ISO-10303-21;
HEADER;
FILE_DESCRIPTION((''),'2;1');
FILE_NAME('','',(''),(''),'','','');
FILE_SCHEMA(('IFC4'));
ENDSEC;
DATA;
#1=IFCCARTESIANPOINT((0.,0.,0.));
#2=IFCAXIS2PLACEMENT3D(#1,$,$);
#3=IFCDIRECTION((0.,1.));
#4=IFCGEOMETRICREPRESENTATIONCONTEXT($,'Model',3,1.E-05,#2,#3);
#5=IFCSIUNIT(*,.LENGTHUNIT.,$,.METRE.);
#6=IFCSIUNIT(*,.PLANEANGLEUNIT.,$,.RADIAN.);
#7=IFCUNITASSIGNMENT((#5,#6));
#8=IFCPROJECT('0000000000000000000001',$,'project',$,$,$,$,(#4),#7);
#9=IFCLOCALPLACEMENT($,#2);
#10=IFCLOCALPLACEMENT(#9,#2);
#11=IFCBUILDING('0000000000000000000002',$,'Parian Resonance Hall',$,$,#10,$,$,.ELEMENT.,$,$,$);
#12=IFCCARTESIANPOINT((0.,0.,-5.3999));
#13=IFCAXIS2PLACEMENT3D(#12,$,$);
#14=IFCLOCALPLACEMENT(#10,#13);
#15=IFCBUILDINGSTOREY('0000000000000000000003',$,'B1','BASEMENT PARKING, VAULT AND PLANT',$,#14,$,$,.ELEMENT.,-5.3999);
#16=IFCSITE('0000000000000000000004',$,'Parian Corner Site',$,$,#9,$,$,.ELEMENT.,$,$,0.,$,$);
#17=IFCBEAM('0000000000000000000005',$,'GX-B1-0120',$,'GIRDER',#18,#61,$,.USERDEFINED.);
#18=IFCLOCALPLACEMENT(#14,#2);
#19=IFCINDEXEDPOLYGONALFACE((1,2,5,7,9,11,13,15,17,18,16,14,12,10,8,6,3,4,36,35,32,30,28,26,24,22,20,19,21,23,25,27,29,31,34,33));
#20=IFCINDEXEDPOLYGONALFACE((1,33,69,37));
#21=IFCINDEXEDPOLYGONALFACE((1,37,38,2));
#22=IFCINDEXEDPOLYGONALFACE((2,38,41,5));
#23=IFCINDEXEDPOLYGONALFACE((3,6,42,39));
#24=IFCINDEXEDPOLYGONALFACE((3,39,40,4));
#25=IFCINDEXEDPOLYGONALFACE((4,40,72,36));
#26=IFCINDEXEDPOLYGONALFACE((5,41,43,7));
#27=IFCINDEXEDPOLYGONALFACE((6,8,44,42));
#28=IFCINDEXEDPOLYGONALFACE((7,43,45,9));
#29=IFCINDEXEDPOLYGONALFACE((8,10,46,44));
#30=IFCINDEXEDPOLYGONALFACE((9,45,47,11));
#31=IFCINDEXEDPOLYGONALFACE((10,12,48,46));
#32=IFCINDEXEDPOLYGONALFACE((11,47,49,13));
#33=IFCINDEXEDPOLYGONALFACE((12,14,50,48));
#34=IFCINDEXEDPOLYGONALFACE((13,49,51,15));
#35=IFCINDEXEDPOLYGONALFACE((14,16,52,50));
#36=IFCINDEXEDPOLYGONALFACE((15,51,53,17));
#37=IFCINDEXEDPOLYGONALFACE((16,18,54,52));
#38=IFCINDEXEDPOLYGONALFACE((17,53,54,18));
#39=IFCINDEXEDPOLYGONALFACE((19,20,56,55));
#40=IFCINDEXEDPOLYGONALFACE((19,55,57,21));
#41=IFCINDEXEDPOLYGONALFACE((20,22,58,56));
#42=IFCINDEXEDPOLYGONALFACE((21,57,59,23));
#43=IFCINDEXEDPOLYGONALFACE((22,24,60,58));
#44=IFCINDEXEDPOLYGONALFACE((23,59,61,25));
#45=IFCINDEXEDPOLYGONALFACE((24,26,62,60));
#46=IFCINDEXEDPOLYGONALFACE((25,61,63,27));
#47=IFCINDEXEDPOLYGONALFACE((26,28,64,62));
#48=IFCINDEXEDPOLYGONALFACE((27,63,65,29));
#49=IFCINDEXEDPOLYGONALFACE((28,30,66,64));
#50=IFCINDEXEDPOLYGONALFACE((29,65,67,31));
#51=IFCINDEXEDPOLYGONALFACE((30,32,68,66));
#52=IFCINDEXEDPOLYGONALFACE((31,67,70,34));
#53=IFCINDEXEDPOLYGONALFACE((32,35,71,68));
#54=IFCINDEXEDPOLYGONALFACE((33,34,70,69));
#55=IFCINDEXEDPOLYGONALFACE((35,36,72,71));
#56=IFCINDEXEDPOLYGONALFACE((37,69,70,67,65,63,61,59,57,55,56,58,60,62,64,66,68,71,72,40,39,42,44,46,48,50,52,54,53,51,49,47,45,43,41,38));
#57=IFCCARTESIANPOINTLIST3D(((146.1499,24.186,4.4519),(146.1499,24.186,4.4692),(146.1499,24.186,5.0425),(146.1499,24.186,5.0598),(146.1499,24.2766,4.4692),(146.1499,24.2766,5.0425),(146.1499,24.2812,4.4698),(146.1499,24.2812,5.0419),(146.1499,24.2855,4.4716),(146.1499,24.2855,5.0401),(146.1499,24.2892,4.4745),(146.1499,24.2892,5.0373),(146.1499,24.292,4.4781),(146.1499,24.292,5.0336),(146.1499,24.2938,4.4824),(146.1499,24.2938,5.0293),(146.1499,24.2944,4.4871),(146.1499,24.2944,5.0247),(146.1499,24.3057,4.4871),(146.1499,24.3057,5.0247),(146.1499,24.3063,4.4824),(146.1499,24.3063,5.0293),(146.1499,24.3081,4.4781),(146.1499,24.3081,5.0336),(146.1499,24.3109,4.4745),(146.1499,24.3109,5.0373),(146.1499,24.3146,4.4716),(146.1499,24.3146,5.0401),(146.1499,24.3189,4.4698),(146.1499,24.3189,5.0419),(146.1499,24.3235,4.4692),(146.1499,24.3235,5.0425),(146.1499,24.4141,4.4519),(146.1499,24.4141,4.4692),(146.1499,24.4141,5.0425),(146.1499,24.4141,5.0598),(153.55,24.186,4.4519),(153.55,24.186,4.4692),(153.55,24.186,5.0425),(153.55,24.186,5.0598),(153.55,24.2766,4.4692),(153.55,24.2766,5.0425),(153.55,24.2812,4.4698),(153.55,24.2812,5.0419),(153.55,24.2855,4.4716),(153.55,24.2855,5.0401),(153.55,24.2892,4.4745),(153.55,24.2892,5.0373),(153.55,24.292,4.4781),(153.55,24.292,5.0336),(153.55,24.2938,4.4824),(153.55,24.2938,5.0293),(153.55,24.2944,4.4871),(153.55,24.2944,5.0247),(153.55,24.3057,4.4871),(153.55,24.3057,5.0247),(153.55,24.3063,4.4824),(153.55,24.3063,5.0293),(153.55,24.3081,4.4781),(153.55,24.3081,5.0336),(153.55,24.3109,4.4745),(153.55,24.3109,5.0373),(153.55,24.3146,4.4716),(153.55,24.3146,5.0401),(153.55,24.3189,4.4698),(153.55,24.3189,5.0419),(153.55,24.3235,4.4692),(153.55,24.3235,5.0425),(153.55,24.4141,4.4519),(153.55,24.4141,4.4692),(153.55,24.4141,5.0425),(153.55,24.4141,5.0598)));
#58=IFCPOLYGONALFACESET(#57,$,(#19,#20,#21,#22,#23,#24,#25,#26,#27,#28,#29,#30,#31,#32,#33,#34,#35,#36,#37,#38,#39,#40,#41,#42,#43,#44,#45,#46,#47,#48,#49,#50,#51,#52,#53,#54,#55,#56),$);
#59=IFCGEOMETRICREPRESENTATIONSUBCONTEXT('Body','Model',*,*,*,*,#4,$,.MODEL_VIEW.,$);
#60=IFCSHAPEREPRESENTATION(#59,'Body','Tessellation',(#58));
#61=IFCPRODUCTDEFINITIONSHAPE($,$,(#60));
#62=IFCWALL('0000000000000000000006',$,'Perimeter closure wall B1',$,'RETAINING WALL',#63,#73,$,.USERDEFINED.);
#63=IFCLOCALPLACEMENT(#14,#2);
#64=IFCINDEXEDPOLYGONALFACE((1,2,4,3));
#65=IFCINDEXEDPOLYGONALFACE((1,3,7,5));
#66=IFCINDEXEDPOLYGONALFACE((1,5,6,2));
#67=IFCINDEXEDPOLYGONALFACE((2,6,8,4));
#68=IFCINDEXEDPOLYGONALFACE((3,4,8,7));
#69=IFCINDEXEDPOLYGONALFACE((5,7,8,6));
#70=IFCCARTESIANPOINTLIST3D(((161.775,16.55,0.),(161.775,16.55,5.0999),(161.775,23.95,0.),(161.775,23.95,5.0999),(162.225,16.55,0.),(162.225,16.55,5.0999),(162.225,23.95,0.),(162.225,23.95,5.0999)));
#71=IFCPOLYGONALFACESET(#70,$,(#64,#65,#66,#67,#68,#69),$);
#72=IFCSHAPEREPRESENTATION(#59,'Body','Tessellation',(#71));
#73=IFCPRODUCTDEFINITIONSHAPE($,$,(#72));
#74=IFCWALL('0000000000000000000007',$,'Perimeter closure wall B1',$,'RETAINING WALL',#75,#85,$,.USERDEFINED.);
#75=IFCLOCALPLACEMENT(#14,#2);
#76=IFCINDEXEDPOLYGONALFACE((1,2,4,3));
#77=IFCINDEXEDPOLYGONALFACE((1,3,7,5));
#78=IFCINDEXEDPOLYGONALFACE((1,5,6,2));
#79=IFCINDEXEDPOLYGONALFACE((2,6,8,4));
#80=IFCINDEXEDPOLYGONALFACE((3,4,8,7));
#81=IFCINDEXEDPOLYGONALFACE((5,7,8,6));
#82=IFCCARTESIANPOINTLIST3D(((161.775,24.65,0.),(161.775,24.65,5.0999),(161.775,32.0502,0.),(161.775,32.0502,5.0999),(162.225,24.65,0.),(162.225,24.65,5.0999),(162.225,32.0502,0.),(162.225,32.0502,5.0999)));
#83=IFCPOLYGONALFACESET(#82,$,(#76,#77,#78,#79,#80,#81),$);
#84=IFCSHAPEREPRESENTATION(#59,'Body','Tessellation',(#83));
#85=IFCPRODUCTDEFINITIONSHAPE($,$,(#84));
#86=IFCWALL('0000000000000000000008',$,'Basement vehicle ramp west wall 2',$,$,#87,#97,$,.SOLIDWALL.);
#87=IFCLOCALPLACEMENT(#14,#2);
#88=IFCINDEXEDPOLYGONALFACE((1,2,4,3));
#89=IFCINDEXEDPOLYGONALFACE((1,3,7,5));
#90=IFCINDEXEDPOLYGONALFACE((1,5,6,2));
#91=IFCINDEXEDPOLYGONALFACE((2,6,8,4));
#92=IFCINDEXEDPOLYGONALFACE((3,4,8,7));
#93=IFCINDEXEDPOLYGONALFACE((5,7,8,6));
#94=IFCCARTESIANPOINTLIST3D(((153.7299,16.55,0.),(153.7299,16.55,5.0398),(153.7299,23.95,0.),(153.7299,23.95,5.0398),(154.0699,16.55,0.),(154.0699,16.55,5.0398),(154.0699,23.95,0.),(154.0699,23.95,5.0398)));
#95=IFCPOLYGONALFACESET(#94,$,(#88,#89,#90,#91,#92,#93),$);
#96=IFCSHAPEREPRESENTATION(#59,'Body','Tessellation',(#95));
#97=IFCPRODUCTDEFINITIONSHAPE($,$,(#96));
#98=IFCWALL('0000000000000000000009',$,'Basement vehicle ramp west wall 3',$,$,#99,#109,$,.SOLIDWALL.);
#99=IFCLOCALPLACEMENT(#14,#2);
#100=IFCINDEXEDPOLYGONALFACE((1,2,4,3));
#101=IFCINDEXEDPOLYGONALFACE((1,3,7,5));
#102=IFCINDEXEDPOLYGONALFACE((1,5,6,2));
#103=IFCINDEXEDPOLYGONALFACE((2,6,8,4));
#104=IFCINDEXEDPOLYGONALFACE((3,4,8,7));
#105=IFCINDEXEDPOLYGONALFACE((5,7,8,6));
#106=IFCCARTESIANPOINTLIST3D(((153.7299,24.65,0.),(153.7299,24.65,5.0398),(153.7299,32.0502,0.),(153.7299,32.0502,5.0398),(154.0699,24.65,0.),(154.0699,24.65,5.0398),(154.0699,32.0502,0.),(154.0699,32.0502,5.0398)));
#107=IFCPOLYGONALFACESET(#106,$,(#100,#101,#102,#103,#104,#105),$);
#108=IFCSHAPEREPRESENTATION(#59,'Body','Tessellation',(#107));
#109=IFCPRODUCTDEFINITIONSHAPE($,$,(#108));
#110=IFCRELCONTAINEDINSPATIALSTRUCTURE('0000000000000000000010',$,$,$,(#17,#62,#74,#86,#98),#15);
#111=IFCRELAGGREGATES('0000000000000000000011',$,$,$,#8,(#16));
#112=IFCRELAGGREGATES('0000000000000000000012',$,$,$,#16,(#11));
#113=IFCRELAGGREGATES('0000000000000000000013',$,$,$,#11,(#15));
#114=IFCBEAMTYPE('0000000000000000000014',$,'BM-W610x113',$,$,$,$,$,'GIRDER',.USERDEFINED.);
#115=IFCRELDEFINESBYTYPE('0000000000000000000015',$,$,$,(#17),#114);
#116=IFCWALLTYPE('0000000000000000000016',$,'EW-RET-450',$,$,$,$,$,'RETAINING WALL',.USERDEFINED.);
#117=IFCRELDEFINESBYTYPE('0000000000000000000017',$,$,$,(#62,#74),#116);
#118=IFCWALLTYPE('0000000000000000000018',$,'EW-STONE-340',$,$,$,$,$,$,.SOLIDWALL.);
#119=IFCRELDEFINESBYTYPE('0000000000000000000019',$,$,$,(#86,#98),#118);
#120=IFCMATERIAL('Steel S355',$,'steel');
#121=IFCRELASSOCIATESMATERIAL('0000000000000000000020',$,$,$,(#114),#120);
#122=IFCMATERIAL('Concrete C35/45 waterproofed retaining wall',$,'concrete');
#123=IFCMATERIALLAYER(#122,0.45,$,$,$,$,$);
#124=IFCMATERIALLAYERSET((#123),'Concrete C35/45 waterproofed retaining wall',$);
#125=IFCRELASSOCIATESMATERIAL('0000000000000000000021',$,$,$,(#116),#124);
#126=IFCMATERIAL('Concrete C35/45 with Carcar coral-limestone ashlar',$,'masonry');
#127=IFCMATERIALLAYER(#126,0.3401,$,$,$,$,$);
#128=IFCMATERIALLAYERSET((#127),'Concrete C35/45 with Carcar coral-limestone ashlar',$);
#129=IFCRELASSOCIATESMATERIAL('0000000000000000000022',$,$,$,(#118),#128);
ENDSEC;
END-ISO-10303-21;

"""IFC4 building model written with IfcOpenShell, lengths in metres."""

from ifc_helpers import new_model, si_unit, direction, frame, frame_2d, origin, origin_2d, place, context, subcontext, project, spatial, rectangle, i_section, extrude, material, layer, layer_set, material_profile, profile_set, type_object, element, save


model = new_model("IFC4")

# Units and contexts
model_context = context("Model", 3, precision=1e-05, world=origin(), true_north=direction((0.0, 1.0)))
body_context = subcontext(model_context, "Body", "Model", "MODEL_VIEW")
ifc_project = project(units=[si_unit("LENGTHUNIT", "METRE"), si_unit("PLANEANGLEUNIT", "RADIAN")], contexts=[model_context])

# Site, building, storey
site_placement = place(None, origin())
site = spatial("IfcSite", under=ifc_project, at=site_placement, Name="Parian Corner Site", CompositionType="ELEMENT", RefElevation=0.0)
building_placement = place(site_placement, origin())
building = spatial("IfcBuilding", under=site, at=building_placement, Name="Parian Resonance Hall", CompositionType="ELEMENT")
storey_placement = place(building_placement, frame((0.0, 0.0, -5.3999)))
storey = spatial("IfcBuildingStorey", under=building, at=storey_placement, Name="B1", Description="BASEMENT PARKING, VAULT AND PLANT", CompositionType="ELEMENT", Elevation=-5.3999)

# Beam
ifc_material_1 = material(Name="Steel S355", Category="steel")
ifc_material_profile_1 = material_profile(ifc_material_1, i_section(OverallWidth=0.228, OverallDepth=0.6079, WebThickness=0.0112, FlangeThickness=0.0173, FilletRadius=0.0178, at=origin_2d()), Name="W610x113")
ifc_profile_set_1 = profile_set([ifc_material_profile_1], Name="Steel S355")
beam_type_1 = type_object("IfcBeamType", Name="BM-W610x113", ElementType="GIRDER", PredefinedType="USERDEFINED", material=ifc_profile_set_1)
beam_1_placement = place(storey_placement, frame((146.1499, 24.3, 4.7559), z_axis=(1.0, 0.0, 0.0), x_axis=(0.0, 1.0, 0.0)))
element("IfcBeam", 1, at=beam_1_placement, inside=storey, type_object=beam_type_1, Name="GX-B1-0120", ObjectType="GIRDER", PredefinedType="USERDEFINED", context=body_context, shape_type="SweptSolid", body=[
    extrude(i_section(OverallWidth=0.228, OverallDepth=0.6079, WebThickness=0.0112, FlangeThickness=0.0173, FilletRadius=0.0178, at=origin_2d()), origin(), (0.0, 0.0, 1.0), 7.4001),
])

# Walls
ifc_material_2 = material(Name="Concrete C35/45 waterproofed retaining wall", Category="concrete")
ifc_layer_1 = layer(ifc_material_2, 0.45)
ifc_layer_set_1 = layer_set([ifc_layer_1], Name="Concrete C35/45 waterproofed retaining wall")
wall_type_1 = type_object("IfcWallType", Name="EW-RET-450", ElementType="RETAINING WALL", PredefinedType="USERDEFINED", material=ifc_layer_set_1)
wall_1_placement = place(storey_placement, frame((162.0, 16.55, 0.0), z_axis=(0.0, 0.0, 1.0), x_axis=(0.0, 1.0, 0.0)))
element("IfcWall", 2, at=wall_1_placement, inside=storey, type_object=wall_type_1, Name="Perimeter closure wall B1", ObjectType="RETAINING WALL", PredefinedType="USERDEFINED", context=body_context, shape_type="SweptSolid", body=[
    extrude(rectangle(XDim=7.3999, YDim=0.45, at=frame_2d((3.7, 0.0))), origin(), (0.0, 0.0, 1.0), 5.0999),
])
wall_2_placement = place(storey_placement, frame((162.0, 24.6499, 0.0), z_axis=(0.0, 0.0, 1.0), x_axis=(0.0, 1.0, 0.0)))
element("IfcWall", 3, at=wall_2_placement, inside=storey, type_object=wall_type_1, Name="Perimeter closure wall B1", ObjectType="RETAINING WALL", PredefinedType="USERDEFINED", context=body_context, shape_type="SweptSolid", body=[
    extrude(rectangle(XDim=7.4001, YDim=0.45, at=frame_2d((3.7002, 0.0))), origin(), (0.0, 0.0, 1.0), 5.0999),
])
ifc_material_3 = material(Name="Concrete C35/45 with Carcar coral-limestone ashlar", Category="masonry")
ifc_layer_2 = layer(ifc_material_3, 0.3401)
ifc_layer_set_2 = layer_set([ifc_layer_2], Name="Concrete C35/45 with Carcar coral-limestone ashlar")
wall_type_2 = type_object("IfcWallType", Name="EW-STONE-340", PredefinedType="SOLIDWALL", material=ifc_layer_set_2)
wall_3_placement = place(storey_placement, frame((153.8999, 16.55, 0.0), z_axis=(0.0, 0.0, 1.0), x_axis=(0.0, 1.0, 0.0)))
element("IfcWall", 4, at=wall_3_placement, inside=storey, type_object=wall_type_2, Name="Basement vehicle ramp west wall 2", PredefinedType="SOLIDWALL", context=body_context, shape_type="SweptSolid", body=[
    extrude(rectangle(XDim=7.3999, YDim=0.3401, at=frame_2d((3.7, 0.0))), origin(), (0.0, 0.0, 1.0), 5.0398),
])
wall_4_placement = place(storey_placement, frame((153.8999, 24.6499, 0.0), z_axis=(0.0, 0.0, 1.0), x_axis=(0.0, 1.0, 0.0)))
element("IfcWall", 5, at=wall_4_placement, inside=storey, type_object=wall_type_2, Name="Basement vehicle ramp west wall 3", PredefinedType="SOLIDWALL", context=body_context, shape_type="SweptSolid", body=[
    extrude(rectangle(XDim=7.4001, YDim=0.3401, at=frame_2d((3.7002, 0.0))), origin(), (0.0, 0.0, 1.0), 5.0398),
])

save(model, "model.ifc")
